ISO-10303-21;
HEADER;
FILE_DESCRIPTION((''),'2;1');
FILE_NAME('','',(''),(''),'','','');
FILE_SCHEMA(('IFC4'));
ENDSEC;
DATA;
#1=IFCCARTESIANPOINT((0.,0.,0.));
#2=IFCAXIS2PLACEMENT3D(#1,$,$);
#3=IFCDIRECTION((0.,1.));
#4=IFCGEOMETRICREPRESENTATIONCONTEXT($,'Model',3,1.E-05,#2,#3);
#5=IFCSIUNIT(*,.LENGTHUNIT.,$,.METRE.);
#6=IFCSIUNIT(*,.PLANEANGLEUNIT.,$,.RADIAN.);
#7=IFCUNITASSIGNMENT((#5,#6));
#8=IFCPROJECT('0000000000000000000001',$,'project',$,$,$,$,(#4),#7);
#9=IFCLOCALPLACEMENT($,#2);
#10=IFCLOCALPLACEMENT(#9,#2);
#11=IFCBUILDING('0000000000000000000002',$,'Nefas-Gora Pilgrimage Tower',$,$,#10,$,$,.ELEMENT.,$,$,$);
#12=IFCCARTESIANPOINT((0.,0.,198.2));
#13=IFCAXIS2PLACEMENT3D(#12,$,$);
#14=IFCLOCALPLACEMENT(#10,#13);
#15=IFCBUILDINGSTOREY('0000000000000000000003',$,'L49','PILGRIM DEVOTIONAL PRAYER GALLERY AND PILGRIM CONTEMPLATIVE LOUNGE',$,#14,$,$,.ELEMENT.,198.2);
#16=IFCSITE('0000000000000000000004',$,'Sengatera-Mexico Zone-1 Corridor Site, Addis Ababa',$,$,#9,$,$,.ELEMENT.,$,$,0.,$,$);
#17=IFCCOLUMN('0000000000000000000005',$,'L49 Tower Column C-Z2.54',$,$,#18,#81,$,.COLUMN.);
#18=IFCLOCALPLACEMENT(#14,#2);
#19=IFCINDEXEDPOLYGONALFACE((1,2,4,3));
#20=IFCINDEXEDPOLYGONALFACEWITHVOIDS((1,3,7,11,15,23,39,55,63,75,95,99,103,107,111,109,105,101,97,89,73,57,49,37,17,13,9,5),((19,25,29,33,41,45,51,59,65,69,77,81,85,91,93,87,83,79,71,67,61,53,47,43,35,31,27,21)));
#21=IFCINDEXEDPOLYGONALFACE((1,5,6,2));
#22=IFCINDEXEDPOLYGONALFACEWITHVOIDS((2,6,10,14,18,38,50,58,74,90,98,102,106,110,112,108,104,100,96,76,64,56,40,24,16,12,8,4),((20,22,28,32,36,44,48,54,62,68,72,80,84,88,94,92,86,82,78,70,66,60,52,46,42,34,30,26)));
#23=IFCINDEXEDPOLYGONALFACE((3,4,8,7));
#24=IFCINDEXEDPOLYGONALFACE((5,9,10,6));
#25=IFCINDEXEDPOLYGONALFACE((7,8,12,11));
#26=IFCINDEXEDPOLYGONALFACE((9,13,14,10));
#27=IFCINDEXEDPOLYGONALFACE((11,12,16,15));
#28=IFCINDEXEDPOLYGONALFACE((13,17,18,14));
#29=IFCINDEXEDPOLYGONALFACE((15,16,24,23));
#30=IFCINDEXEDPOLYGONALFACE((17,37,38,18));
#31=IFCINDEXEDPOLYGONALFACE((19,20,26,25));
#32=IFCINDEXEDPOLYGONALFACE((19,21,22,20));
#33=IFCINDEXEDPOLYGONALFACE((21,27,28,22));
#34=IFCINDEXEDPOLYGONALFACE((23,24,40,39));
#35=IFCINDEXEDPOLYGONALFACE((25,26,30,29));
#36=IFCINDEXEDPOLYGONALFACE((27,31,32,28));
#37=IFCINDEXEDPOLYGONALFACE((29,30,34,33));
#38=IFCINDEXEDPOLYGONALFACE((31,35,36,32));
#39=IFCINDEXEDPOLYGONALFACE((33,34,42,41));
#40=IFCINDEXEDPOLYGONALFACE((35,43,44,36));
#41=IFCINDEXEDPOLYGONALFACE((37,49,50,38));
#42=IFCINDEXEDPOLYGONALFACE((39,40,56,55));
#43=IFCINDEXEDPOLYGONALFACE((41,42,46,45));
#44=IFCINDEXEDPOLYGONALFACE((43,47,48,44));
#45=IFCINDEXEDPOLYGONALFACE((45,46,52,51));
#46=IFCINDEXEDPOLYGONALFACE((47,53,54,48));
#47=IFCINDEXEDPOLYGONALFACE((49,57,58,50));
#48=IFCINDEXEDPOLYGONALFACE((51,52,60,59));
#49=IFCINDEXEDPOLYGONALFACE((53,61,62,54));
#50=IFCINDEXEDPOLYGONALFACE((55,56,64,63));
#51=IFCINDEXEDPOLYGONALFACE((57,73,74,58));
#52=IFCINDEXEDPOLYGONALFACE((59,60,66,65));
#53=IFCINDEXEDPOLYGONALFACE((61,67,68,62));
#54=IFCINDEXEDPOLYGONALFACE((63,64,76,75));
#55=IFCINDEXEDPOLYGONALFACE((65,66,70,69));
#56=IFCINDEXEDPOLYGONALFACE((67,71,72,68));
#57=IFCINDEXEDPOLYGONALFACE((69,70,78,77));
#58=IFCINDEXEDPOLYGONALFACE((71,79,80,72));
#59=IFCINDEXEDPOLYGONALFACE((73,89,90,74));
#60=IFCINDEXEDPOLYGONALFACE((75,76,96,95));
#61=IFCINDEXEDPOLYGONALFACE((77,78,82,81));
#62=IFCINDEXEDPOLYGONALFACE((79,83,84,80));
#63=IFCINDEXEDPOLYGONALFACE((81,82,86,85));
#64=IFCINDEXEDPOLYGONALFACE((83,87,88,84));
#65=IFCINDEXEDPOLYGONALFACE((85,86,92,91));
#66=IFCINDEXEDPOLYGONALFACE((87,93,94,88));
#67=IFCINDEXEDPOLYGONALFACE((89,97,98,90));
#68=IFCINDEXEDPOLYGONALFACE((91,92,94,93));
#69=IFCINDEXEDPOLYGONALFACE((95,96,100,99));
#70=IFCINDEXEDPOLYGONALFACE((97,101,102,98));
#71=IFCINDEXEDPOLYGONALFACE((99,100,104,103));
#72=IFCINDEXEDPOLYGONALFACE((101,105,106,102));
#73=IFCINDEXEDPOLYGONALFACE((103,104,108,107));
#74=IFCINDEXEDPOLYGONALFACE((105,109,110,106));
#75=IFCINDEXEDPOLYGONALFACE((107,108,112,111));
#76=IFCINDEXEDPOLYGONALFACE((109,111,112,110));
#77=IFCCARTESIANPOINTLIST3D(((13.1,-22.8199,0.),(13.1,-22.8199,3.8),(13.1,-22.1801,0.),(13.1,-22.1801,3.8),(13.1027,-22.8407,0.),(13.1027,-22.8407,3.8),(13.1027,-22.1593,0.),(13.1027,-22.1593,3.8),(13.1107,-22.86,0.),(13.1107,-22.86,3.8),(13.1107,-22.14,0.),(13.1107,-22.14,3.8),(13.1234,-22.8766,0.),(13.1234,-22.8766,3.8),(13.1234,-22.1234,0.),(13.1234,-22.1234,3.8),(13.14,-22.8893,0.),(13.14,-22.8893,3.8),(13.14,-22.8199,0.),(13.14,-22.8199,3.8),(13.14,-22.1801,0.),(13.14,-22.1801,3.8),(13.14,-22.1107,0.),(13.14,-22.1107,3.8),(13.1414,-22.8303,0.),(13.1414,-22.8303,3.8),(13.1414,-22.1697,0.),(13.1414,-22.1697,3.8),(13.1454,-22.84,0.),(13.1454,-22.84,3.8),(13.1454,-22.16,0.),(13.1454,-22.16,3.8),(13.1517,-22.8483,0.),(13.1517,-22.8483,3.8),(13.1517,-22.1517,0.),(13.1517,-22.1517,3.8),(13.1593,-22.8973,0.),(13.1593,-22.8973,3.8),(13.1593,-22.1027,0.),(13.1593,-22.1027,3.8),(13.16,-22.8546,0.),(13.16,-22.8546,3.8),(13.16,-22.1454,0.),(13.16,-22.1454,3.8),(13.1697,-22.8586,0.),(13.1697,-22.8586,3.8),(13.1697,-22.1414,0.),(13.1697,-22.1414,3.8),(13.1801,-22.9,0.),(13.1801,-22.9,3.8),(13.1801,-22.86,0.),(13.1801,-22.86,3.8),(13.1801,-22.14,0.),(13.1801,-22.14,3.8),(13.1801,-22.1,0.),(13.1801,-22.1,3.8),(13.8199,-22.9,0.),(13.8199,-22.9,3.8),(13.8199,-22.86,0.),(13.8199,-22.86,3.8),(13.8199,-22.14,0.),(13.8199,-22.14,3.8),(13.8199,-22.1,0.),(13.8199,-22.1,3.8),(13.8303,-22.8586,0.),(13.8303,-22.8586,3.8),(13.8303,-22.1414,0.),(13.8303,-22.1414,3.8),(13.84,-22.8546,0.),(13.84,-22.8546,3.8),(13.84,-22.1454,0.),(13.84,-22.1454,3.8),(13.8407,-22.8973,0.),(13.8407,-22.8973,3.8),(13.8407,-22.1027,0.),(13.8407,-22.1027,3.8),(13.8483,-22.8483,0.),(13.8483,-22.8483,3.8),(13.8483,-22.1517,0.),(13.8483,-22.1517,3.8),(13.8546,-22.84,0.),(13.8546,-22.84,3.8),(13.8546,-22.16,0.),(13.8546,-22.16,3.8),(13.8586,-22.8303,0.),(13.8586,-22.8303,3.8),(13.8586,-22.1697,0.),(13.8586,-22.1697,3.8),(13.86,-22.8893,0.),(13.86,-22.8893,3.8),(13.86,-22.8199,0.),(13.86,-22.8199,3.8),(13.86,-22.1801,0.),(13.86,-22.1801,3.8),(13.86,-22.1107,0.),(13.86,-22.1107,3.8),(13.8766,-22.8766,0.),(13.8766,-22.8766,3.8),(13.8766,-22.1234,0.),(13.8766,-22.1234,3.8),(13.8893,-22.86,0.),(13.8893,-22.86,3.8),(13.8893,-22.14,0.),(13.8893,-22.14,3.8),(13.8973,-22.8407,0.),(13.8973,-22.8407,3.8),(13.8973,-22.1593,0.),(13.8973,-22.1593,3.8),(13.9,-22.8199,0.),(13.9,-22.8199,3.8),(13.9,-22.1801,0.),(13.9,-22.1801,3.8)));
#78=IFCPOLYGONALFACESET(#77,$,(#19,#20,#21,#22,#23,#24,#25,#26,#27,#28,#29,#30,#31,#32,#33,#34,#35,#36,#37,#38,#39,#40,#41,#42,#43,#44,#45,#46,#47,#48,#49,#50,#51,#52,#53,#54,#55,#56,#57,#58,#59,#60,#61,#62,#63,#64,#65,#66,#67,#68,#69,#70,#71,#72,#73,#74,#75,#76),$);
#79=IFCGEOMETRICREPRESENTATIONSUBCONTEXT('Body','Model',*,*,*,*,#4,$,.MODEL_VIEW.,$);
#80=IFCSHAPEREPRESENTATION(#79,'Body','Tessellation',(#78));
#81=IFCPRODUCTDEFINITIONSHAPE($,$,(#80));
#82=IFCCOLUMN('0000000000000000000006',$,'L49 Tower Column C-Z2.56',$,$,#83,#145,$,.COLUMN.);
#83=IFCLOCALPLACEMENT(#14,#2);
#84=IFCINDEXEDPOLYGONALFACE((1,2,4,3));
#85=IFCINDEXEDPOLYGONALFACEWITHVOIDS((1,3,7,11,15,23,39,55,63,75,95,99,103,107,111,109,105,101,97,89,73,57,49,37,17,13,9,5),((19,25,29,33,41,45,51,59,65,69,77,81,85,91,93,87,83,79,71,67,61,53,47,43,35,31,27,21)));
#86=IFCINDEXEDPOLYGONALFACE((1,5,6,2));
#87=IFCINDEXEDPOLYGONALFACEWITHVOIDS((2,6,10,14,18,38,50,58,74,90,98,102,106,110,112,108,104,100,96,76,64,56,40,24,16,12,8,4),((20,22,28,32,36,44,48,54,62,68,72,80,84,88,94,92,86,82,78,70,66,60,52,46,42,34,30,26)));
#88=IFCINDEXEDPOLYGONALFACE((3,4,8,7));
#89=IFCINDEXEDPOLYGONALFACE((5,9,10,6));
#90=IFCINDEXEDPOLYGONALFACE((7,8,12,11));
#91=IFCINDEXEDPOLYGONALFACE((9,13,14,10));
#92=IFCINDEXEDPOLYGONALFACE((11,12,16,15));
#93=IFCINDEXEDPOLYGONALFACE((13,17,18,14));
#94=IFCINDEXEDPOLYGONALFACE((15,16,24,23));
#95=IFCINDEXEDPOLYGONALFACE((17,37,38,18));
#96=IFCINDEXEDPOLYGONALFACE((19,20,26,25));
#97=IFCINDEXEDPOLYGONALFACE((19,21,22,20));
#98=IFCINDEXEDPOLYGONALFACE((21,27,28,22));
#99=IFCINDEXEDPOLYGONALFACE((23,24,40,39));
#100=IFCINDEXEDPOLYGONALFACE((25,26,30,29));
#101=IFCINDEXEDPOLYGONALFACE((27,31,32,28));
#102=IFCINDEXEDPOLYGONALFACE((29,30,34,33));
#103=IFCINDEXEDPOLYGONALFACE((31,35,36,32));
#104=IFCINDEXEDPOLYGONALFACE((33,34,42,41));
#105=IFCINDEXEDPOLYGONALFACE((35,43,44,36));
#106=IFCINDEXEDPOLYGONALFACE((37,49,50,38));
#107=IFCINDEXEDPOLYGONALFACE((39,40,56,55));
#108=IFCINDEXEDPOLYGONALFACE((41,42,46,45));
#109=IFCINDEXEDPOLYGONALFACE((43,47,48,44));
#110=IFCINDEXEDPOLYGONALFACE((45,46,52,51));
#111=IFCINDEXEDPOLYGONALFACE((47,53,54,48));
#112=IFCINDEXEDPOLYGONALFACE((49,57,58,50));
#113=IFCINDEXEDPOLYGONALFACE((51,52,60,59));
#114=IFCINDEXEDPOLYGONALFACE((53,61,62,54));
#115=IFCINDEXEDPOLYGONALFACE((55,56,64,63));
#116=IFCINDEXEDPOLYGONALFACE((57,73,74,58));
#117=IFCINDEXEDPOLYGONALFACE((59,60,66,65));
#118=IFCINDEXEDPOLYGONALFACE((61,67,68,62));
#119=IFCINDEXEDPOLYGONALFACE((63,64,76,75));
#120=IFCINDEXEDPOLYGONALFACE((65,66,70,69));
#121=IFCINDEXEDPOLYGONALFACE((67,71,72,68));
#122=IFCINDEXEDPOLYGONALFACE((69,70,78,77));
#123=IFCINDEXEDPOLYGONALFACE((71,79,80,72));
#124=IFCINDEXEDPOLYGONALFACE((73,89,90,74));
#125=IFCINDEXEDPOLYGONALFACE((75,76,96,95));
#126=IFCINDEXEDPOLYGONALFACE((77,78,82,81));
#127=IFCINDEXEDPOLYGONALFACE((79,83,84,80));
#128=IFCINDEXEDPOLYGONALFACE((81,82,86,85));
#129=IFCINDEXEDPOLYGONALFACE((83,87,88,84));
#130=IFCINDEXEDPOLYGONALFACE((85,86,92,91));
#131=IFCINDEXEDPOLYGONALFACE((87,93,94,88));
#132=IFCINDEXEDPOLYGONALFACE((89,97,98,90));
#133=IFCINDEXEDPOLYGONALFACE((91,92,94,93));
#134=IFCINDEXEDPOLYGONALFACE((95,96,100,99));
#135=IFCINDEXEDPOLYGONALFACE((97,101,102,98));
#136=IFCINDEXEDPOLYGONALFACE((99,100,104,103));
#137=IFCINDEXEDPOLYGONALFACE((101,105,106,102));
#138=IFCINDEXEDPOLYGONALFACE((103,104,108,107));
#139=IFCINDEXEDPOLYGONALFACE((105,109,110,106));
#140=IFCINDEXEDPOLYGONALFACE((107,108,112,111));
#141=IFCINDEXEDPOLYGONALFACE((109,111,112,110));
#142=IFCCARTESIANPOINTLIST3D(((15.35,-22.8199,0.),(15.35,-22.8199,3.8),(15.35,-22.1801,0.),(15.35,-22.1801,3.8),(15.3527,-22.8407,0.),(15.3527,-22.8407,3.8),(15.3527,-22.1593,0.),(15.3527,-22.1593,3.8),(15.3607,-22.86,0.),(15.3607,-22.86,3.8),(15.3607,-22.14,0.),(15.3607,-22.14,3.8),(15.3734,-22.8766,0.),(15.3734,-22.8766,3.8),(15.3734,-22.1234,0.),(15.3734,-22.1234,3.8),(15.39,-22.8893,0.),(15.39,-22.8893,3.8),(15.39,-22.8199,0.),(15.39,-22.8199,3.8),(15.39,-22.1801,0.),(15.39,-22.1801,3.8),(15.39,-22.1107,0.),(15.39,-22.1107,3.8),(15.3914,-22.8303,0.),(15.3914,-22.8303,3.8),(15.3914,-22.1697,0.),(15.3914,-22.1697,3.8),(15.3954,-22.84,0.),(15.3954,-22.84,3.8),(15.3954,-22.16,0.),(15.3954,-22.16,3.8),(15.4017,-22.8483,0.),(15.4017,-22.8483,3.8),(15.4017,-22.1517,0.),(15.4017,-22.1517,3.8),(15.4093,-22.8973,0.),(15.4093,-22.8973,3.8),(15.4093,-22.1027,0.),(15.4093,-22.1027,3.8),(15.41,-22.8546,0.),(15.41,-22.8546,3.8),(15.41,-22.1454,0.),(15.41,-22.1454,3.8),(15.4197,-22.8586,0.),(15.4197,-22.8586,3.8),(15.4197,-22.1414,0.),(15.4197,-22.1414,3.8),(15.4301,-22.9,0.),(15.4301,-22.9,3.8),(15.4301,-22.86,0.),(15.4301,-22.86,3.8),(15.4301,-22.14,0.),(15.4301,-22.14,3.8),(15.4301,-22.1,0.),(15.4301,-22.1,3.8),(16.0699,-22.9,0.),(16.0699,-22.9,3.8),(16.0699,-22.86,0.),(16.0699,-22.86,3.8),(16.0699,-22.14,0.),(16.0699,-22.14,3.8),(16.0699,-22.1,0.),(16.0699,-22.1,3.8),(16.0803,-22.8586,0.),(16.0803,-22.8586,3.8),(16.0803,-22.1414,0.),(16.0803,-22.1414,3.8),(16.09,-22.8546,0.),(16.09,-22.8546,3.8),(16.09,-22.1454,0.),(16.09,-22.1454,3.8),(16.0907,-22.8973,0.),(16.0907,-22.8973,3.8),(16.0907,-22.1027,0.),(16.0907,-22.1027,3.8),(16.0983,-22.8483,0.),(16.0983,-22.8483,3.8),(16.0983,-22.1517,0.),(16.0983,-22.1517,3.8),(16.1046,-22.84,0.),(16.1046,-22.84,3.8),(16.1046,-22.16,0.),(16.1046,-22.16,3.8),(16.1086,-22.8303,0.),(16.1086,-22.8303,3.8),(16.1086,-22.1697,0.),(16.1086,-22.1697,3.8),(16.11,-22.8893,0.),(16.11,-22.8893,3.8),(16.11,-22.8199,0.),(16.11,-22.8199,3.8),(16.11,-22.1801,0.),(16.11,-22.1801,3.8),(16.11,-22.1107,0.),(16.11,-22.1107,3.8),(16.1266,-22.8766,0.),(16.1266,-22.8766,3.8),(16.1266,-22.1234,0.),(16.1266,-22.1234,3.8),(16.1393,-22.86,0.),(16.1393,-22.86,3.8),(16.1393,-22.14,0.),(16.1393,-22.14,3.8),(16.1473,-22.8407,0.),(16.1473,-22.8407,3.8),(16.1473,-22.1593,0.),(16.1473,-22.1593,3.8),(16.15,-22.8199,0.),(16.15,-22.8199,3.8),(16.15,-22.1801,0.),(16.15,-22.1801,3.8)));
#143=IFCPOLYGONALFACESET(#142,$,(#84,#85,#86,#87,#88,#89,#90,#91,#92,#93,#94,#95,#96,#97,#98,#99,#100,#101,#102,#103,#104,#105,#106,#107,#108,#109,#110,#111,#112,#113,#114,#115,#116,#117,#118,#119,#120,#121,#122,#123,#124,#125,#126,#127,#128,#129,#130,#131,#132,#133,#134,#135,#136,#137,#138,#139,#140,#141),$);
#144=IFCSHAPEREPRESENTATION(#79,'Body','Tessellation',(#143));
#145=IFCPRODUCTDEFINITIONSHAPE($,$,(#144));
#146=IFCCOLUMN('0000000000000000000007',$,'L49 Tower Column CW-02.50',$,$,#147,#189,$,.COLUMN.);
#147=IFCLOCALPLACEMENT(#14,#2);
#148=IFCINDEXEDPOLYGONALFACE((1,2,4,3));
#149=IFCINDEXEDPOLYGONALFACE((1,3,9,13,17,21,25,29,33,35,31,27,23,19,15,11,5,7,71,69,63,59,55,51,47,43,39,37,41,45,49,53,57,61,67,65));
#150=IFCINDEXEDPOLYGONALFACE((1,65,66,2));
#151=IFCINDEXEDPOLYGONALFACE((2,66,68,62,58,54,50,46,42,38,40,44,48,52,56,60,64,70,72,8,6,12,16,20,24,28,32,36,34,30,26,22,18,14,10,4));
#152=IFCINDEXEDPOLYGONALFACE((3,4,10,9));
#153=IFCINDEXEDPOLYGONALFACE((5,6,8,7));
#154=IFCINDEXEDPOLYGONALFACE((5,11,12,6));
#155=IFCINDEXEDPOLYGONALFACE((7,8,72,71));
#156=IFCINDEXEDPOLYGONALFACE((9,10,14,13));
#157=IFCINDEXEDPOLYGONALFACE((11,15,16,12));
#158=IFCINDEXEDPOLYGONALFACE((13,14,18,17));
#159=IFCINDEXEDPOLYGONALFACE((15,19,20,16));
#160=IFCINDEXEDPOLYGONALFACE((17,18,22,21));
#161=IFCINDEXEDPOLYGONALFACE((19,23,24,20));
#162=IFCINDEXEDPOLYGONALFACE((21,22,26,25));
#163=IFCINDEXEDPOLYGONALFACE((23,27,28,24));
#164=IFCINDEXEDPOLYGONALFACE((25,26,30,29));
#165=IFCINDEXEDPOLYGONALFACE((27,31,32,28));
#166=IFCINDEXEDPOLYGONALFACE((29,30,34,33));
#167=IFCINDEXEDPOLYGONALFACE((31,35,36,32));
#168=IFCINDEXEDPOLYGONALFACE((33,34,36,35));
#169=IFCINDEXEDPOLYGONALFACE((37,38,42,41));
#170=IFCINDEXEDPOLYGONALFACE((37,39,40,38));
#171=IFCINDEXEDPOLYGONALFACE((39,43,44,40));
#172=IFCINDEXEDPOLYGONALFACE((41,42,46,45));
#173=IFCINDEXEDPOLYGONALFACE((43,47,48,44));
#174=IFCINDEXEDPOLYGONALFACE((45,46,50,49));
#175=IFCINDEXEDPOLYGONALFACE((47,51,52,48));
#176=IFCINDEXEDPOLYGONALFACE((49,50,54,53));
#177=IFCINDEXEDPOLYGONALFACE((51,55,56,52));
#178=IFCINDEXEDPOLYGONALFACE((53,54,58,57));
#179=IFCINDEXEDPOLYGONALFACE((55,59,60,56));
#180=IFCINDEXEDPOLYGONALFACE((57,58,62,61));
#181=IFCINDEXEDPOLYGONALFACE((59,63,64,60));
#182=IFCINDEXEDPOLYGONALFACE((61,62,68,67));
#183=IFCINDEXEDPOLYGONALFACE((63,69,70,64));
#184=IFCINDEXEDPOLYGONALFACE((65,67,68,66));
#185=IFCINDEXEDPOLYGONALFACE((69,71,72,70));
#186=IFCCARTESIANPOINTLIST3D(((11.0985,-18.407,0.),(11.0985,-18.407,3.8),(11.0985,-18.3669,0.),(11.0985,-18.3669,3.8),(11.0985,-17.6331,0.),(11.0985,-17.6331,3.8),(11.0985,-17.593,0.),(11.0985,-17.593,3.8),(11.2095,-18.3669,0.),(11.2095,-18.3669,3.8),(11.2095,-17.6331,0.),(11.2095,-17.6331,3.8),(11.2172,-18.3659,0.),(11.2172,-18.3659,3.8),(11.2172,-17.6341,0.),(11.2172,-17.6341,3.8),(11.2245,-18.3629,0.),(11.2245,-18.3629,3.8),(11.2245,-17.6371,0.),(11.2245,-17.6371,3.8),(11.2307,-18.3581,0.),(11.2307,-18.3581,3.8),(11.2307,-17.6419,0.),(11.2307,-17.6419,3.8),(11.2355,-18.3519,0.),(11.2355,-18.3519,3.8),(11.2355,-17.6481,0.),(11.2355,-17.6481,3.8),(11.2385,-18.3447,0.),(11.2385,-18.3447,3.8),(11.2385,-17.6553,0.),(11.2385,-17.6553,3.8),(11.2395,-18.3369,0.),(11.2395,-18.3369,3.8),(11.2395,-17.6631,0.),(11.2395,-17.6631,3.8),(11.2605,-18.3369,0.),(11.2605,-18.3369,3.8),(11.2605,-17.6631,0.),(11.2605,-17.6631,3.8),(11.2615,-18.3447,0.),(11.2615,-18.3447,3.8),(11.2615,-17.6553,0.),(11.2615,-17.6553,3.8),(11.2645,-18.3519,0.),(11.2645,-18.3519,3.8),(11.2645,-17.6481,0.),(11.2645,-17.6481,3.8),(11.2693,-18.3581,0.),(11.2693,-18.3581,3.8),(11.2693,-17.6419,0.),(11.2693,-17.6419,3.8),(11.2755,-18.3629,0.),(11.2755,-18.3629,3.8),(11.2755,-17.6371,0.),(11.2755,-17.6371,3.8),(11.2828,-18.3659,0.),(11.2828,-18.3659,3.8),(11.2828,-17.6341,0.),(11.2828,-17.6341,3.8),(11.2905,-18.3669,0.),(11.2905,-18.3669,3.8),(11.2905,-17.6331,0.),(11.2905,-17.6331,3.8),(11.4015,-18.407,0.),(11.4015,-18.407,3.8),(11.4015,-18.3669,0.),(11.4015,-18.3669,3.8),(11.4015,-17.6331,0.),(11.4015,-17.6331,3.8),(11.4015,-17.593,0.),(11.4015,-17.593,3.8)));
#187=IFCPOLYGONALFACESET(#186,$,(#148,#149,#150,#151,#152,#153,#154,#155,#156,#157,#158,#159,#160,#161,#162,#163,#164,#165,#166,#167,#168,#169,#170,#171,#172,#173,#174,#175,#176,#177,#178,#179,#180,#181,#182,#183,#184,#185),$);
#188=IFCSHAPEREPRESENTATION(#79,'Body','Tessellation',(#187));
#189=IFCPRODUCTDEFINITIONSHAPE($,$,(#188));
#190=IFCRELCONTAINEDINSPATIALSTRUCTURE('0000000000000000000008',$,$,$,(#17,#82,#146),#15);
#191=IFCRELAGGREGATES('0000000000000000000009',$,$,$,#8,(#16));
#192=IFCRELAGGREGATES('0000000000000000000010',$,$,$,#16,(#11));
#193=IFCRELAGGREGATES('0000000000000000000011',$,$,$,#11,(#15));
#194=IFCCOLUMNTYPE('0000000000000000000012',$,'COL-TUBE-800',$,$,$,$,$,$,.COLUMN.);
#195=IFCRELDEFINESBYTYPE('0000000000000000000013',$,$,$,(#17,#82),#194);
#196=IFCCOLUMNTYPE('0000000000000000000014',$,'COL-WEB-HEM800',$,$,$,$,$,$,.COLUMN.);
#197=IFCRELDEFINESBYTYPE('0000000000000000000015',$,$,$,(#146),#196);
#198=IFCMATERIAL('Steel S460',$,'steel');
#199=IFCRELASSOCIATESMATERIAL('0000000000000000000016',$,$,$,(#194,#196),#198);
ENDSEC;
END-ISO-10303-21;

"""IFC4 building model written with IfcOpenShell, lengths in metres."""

from ifc_helpers import new_model, si_unit, direction, frame, origin, origin_2d, place, context, subcontext, project, spatial, hollow_rectangle, i_section, extrude, source, transform, mapped, material, material_profile, profile_set, type_object, element, save


model = new_model("IFC4")

# Units and contexts
model_context = context("Model", 3, precision=1e-05, world=origin(), true_north=direction((0.0, 1.0)))
body_context = subcontext(model_context, "Body", "Model", "MODEL_VIEW")
ifc_project = project(units=[si_unit("LENGTHUNIT", "METRE"), si_unit("PLANEANGLEUNIT", "RADIAN")], contexts=[model_context])

# Site, building, storey
site_placement = place(None, origin())
site = spatial("IfcSite", under=ifc_project, at=site_placement, Name="Sengatera-Mexico Zone-1 Corridor Site, Addis Ababa", CompositionType="ELEMENT", RefElevation=0.0)
building_placement = place(site_placement, origin())
building = spatial("IfcBuilding", under=site, at=building_placement, Name="Nefas-Gora Pilgrimage Tower", CompositionType="ELEMENT")
storey_placement = place(building_placement, frame((0.0, 0.0, 198.2)))
storey = spatial("IfcBuildingStorey", under=building, at=storey_placement, Name="L49", Description="PILGRIM DEVOTIONAL PRAYER GALLERY AND PILGRIM CONTEMPLATIVE LOUNGE", CompositionType="ELEMENT", Elevation=198.2)

# Columns
ifc_material_1 = material(Name="Steel S460", Category="steel")
ifc_material_profile_1 = material_profile(ifc_material_1, hollow_rectangle(XDim=0.8, YDim=0.8, WallThickness=0.04, InnerFilletRadius=0.04, OuterFilletRadius=0.0801, at=origin_2d()), Name="BOX 800x800x40")
ifc_profile_set_1 = profile_set([ifc_material_profile_1], Name="Steel S460")
column_type_1 = type_object("IfcColumnType", Name="COL-TUBE-800", PredefinedType="COLUMN", material=ifc_profile_set_1)
shared_shape_1 = source(origin(), body_context, "Body", "SweptSolid", [
    extrude(hollow_rectangle(XDim=0.8, YDim=0.8, WallThickness=0.04, InnerFilletRadius=0.04, OuterFilletRadius=0.0801, at=origin_2d()), origin(), (0.0, 0.0, 1.0), 3.8),
])
for number, where, z_axis, x_axis, name in (
    (1, (13.5, -22.5, 0.0), (0.0, 0.0, 1.0), (1.0, 0.0, 0.0), "L49 Tower Column C-Z2.54"),
    (2, (15.75, -22.5, 0.0), (0.0, 0.0, 1.0), (1.0, 0.0, 0.0), "L49 Tower Column C-Z2.56"),
):
    element("IfcColumn", number, at=place(storey_placement, frame(where, z_axis=z_axis, x_axis=x_axis)), inside=storey, type_object=column_type_1, Name=name, PredefinedType="COLUMN", context=body_context, shape_type="MappedRepresentation", body=[
        mapped(shared_shape_1, transform((0.0, 0.0, 0.0), x_axis=(1.0, 0.0, 0.0), y_axis=(0.0, 1.0, 0.0), z_axis=(0.0, 0.0, 1.0), scale=1.0)),
    ])
ifc_material_profile_2 = material_profile(ifc_material_1, i_section(OverallWidth=0.303, OverallDepth=0.814, WebThickness=0.021, FlangeThickness=0.04, FilletRadius=0.03, at=origin_2d()), Name="HEM 800")
ifc_profile_set_2 = profile_set([ifc_material_profile_2], Name="Steel S460")
column_type_2 = type_object("IfcColumnType", Name="COL-WEB-HEM800", PredefinedType="COLUMN", material=ifc_profile_set_2)
shared_shape_2 = source(origin(), body_context, "Body", "SweptSolid", [
    extrude(i_section(OverallWidth=0.303, OverallDepth=0.814, WebThickness=0.021, FlangeThickness=0.04, FilletRadius=0.03, at=origin_2d()), origin(), (0.0, 0.0, 1.0), 3.8),
])
for number, where, z_axis, x_axis, name in (
    (3, (11.25, -18.0, 0.0), (0.0, 0.0, 1.0), (1.0, 0.0, 0.0), "L49 Tower Column CW-02.50"),
):
    element("IfcColumn", number, at=place(storey_placement, frame(where, z_axis=z_axis, x_axis=x_axis)), inside=storey, type_object=column_type_2, Name=name, PredefinedType="COLUMN", context=body_context, shape_type="MappedRepresentation", body=[
        mapped(shared_shape_2, transform((0.0, 0.0, 0.0), x_axis=(1.0, 0.0, 0.0), y_axis=(0.0, 1.0, 0.0), z_axis=(0.0, 0.0, 1.0), scale=1.0)),
    ])

save(model, "model.ifc")
